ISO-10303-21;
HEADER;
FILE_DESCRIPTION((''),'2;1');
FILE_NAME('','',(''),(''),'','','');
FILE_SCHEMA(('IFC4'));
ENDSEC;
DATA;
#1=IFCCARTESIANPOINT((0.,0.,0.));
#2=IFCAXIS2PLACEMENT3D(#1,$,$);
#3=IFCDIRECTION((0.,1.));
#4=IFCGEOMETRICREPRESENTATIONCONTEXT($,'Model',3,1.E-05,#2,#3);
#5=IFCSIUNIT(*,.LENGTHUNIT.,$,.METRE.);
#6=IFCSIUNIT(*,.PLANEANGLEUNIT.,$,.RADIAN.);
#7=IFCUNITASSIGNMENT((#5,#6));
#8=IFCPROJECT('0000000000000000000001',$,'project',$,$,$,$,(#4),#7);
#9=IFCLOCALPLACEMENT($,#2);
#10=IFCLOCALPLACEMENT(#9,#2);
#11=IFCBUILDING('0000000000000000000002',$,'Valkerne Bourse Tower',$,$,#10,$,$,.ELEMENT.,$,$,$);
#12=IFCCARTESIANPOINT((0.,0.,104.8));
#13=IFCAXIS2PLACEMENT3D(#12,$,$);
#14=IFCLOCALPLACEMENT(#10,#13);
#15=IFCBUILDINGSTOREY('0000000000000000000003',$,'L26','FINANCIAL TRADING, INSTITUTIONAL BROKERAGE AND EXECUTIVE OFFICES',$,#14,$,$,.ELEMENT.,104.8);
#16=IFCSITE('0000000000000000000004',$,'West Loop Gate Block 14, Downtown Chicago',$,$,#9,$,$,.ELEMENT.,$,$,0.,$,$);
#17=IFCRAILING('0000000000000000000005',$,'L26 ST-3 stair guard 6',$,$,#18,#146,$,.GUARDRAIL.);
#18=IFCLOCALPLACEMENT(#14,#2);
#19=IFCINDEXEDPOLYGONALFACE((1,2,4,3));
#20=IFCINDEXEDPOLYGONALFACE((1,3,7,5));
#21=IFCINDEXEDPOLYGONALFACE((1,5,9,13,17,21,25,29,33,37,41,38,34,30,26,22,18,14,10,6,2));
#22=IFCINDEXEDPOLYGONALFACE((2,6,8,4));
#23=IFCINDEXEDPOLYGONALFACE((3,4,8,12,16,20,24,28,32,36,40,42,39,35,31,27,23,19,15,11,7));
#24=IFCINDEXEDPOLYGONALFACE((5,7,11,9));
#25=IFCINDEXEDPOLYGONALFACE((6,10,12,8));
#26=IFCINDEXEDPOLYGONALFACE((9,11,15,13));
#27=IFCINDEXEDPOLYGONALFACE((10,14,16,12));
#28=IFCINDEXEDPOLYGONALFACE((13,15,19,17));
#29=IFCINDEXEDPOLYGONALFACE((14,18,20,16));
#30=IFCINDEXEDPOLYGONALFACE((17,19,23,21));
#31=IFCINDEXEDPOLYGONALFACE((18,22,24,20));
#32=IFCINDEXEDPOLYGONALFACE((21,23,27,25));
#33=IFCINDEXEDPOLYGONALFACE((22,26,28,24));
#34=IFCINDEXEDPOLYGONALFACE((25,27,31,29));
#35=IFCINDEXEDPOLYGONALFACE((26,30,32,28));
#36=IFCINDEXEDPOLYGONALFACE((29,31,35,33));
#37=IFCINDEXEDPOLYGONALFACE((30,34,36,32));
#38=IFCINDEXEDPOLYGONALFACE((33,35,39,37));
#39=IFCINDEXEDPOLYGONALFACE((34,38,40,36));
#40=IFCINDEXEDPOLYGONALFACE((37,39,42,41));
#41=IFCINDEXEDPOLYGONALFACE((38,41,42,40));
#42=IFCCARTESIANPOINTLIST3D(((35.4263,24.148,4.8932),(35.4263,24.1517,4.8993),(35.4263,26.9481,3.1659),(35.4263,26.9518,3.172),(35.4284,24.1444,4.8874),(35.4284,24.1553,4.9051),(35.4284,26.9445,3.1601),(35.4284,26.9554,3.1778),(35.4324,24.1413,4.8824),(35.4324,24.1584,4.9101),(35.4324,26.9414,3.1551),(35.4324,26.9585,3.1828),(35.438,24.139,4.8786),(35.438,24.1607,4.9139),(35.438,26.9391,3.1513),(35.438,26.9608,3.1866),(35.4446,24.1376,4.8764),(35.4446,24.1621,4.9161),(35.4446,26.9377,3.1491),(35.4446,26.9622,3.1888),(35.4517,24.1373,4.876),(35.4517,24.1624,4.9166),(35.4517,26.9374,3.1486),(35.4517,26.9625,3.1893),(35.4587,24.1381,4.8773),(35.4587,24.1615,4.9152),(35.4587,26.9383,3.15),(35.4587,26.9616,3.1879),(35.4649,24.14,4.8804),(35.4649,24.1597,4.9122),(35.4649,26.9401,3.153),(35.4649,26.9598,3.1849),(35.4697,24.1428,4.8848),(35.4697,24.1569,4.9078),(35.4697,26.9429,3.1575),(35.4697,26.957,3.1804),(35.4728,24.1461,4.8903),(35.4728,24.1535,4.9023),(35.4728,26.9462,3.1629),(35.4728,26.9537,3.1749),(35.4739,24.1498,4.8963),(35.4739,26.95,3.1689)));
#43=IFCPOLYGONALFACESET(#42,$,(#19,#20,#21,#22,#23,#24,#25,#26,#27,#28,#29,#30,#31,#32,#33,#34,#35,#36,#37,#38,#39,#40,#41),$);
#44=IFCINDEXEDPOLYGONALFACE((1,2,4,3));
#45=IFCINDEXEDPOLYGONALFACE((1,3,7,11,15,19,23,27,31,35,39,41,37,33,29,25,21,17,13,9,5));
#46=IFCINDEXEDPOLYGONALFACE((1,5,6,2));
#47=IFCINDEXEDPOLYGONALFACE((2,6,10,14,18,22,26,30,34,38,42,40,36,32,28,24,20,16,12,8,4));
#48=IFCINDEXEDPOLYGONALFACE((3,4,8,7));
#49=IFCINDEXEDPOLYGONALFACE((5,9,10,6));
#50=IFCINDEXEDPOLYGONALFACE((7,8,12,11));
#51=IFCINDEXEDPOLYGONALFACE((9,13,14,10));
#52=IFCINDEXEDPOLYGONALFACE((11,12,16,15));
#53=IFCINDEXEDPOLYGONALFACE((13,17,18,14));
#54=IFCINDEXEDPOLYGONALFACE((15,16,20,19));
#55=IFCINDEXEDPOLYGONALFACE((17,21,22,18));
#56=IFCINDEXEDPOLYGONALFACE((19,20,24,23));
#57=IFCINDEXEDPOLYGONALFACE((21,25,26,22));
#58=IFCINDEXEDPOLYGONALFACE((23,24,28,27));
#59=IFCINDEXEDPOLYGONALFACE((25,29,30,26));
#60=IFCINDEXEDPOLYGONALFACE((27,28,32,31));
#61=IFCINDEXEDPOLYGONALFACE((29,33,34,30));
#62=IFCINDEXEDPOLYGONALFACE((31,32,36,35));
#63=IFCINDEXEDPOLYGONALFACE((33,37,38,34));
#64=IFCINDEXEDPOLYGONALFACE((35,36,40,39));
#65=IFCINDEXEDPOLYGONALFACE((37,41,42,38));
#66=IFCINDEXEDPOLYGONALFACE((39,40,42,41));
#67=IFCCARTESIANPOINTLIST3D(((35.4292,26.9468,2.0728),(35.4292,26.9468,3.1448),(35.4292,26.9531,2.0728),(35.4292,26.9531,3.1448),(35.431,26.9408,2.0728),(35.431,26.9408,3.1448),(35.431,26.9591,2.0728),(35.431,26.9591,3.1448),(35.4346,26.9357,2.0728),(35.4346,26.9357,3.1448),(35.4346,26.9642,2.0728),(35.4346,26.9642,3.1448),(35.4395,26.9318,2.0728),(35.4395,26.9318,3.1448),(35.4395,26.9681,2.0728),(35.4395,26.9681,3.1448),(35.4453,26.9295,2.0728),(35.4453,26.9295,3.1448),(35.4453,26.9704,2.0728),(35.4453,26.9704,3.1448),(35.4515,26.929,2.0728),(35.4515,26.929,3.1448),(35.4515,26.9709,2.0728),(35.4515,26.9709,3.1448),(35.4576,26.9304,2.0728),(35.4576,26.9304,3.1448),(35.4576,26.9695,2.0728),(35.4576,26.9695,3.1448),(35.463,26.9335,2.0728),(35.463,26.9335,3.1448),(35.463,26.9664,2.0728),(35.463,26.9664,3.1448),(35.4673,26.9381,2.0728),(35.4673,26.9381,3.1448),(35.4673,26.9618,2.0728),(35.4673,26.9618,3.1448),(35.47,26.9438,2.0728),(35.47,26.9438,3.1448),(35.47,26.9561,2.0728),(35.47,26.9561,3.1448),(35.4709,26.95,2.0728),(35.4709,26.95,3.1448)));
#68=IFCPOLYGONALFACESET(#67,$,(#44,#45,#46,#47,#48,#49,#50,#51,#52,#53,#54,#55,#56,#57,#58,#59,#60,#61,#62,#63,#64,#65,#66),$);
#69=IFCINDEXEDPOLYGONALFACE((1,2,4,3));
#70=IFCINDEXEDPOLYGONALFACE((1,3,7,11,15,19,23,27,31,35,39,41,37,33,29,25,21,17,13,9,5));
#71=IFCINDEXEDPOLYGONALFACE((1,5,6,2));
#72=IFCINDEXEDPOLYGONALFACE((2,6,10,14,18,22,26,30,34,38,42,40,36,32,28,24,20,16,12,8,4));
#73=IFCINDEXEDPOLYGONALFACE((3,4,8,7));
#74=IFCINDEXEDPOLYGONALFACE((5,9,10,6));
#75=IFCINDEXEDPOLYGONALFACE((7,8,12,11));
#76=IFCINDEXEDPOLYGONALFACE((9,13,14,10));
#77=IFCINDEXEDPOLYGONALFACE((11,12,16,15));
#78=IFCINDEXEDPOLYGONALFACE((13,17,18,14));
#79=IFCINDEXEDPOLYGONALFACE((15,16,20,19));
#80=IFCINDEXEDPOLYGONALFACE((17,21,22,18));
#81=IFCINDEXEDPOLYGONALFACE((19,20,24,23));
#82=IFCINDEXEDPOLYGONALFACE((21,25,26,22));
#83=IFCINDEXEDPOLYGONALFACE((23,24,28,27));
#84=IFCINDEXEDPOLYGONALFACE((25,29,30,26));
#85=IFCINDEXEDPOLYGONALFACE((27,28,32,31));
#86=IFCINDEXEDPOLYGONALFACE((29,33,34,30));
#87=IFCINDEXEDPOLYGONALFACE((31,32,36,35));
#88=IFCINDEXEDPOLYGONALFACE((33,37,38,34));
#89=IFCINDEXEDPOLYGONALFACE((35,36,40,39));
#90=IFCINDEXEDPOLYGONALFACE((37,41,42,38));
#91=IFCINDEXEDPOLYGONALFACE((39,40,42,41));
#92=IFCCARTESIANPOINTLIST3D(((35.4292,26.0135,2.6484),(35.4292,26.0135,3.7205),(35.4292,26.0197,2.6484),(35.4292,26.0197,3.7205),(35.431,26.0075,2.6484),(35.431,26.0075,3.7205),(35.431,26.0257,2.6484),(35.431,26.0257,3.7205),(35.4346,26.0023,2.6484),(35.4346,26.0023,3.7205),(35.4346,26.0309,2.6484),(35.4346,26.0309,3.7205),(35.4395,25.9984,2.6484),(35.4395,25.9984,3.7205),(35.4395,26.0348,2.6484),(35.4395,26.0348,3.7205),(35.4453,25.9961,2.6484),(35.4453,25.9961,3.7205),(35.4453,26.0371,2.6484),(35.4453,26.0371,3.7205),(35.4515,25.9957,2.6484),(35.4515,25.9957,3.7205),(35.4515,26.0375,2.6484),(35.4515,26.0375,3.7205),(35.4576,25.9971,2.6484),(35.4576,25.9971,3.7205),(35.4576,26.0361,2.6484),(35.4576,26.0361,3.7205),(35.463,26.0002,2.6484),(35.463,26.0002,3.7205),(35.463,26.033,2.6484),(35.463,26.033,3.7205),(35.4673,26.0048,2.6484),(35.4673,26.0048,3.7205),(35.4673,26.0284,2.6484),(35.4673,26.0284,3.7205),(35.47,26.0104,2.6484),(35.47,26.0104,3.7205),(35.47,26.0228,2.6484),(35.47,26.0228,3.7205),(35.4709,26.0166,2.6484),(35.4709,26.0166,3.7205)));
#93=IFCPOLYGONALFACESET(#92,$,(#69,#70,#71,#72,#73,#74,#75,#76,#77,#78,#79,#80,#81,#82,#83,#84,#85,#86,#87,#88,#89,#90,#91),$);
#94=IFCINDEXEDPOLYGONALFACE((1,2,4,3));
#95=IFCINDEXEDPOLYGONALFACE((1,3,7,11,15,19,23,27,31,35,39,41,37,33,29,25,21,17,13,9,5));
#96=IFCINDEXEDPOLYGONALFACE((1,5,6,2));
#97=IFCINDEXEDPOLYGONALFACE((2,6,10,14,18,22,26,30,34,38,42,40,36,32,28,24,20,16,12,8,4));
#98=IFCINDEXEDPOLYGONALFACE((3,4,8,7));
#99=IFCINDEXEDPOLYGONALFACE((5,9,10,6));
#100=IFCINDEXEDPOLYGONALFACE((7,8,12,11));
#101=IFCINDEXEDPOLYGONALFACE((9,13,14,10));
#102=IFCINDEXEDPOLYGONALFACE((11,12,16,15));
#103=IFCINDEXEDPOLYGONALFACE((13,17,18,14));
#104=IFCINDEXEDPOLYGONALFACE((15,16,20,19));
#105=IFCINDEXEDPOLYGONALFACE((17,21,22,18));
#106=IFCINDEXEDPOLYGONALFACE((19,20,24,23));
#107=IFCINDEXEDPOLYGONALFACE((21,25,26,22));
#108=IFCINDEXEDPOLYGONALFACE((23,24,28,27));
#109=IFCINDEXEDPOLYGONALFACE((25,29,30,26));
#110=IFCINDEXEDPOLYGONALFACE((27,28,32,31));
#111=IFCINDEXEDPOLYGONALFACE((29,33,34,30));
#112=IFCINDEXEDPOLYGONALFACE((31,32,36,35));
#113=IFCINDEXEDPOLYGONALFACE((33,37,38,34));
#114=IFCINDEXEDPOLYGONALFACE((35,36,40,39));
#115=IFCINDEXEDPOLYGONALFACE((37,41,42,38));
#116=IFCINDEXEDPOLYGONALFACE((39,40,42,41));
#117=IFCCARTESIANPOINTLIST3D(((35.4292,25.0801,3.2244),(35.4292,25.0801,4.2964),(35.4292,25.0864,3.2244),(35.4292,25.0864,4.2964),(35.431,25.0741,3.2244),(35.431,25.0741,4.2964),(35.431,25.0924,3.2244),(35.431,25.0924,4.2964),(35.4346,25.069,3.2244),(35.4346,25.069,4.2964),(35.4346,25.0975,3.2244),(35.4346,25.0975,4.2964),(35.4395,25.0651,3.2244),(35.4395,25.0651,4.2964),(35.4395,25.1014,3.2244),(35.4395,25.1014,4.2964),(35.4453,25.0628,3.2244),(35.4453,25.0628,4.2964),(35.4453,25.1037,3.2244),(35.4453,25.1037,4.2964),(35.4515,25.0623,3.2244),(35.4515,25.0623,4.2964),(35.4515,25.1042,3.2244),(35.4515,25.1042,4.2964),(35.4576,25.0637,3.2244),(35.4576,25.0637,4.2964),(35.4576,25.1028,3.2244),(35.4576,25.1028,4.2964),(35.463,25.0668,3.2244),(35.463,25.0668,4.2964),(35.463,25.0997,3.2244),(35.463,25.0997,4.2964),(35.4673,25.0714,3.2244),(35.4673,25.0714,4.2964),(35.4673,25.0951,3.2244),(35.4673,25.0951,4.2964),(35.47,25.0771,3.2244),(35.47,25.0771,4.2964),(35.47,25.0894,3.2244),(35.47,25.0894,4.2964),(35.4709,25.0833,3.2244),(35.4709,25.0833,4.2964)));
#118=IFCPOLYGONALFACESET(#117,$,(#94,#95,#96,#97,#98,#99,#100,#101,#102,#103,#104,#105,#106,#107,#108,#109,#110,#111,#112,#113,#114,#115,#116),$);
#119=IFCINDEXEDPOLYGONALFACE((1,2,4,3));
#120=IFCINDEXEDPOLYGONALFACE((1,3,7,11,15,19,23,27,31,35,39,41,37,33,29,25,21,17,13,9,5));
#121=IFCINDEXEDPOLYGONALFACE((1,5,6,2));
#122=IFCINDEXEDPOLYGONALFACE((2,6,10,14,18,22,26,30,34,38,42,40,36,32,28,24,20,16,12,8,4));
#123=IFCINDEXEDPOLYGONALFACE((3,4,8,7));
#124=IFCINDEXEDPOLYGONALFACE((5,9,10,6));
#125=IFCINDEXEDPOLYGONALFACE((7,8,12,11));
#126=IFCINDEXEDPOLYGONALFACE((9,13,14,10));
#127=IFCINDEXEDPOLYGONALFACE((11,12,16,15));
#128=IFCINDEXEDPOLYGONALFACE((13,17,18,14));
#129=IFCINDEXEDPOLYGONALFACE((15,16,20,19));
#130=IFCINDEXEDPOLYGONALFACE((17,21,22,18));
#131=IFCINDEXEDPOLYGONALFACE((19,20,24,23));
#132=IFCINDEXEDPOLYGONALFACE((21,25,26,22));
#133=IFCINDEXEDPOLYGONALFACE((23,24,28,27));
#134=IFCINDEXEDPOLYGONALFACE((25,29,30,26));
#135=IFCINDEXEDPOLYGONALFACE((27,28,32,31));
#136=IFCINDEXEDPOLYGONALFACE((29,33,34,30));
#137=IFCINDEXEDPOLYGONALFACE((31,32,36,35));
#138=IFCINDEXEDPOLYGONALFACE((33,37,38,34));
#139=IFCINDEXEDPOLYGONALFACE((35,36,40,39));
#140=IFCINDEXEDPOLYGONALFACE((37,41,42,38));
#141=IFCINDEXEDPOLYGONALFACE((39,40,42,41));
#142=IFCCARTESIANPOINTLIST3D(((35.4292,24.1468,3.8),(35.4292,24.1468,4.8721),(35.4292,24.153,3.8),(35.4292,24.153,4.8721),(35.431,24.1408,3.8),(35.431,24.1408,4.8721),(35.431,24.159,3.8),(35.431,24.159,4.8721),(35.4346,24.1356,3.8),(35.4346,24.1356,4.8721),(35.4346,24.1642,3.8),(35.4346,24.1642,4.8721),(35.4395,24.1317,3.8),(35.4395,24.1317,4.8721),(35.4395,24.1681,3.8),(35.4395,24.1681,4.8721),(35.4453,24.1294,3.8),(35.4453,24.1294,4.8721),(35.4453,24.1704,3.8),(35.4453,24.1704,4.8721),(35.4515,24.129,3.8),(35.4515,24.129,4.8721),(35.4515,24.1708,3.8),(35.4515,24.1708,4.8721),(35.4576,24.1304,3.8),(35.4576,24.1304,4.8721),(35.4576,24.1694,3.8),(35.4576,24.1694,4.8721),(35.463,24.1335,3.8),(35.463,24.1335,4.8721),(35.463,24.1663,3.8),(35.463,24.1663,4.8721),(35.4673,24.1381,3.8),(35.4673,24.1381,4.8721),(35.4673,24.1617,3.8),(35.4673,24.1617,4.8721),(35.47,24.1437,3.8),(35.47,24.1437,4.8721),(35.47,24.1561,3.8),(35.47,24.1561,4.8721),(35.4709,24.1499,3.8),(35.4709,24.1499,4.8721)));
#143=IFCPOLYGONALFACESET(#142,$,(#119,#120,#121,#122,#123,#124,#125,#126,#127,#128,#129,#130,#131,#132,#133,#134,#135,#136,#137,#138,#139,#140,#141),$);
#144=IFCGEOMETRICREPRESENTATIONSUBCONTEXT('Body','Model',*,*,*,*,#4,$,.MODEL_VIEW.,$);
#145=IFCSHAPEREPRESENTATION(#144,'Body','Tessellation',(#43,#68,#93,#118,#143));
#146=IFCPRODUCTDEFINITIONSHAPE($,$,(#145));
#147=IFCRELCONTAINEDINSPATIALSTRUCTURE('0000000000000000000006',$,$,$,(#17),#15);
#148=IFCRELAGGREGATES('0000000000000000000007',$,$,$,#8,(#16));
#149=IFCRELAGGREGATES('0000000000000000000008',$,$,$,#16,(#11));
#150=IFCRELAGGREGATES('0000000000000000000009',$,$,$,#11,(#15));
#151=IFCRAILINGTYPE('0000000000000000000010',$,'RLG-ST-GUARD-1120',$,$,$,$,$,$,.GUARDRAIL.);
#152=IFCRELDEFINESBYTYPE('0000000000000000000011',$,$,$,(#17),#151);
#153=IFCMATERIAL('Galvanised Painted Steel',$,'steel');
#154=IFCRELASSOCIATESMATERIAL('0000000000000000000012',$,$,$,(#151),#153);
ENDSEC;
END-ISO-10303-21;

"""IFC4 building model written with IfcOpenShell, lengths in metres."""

from ifc_helpers import new_model, si_unit, direction, frame, origin, origin_2d, place, context, subcontext, project, spatial, circle, extrude, material, type_object, element, save


model = new_model("IFC4")

# Units and contexts
model_context = context("Model", 3, precision=1e-05, world=origin(), true_north=direction((0.0, 1.0)))
body_context = subcontext(model_context, "Body", "Model", "MODEL_VIEW")
ifc_project = project(units=[si_unit("LENGTHUNIT", "METRE"), si_unit("PLANEANGLEUNIT", "RADIAN")], contexts=[model_context])

# Site, building, storey
site_placement = place(None, origin())
site = spatial("IfcSite", under=ifc_project, at=site_placement, Name="West Loop Gate Block 14, Downtown Chicago", CompositionType="ELEMENT", RefElevation=0.0)
building_placement = place(site_placement, origin())
building = spatial("IfcBuilding", under=site, at=building_placement, Name="Valkerne Bourse Tower", CompositionType="ELEMENT")
storey_placement = place(building_placement, frame((0.0, 0.0, 104.8)))
storey = spatial("IfcBuildingStorey", under=building, at=storey_placement, Name="L26", Description="FINANCIAL TRADING, INSTITUTIONAL BROKERAGE AND EXECUTIVE OFFICES", CompositionType="ELEMENT", Elevation=104.8)

# Shared definitions
ifc_material_1 = material(Name="Galvanised Painted Steel", Category="steel")

# Railing
railing_type_1 = type_object("IfcRailingType", Name="RLG-ST-GUARD-1120", PredefinedType="GUARDRAIL", material=ifc_material_1)
railing_1_placement = place(storey_placement, frame((35.45, 26.95, 2.0728)))
element("IfcRailing", 1, at=railing_1_placement, inside=storey, type_object=railing_type_1, Name="L26 ST-3 stair guard 6", PredefinedType="GUARDRAIL", context=body_context, shape_type="SweptSolid", body=[
    extrude(circle(Radius=0.0239, at=origin_2d()), frame((0.0, 0.0, 1.0962), z_axis=(0.0, -0.85109, 0.52502), x_axis=(1.0, 0.0, 0.0)), (0.0, 0.0, 1.0), 3.29),
    extrude(circle(Radius=0.021, at=origin_2d()), origin(), (0.0, 0.0, 1.0), 1.072),
    extrude(circle(Radius=0.021, at=origin_2d()), frame((0.0, -0.9333, 0.5757)), (0.0, 0.0, 1.0), 1.072),
    extrude(circle(Radius=0.021, at=origin_2d()), frame((0.0, -1.8667, 1.1516)), (0.0, 0.0, 1.0), 1.072),
    extrude(circle(Radius=0.021, at=origin_2d()), frame((0.0, -2.8, 1.7273)), (0.0, 0.0, 1.0), 1.072),
])

save(model, "model.ifc")
